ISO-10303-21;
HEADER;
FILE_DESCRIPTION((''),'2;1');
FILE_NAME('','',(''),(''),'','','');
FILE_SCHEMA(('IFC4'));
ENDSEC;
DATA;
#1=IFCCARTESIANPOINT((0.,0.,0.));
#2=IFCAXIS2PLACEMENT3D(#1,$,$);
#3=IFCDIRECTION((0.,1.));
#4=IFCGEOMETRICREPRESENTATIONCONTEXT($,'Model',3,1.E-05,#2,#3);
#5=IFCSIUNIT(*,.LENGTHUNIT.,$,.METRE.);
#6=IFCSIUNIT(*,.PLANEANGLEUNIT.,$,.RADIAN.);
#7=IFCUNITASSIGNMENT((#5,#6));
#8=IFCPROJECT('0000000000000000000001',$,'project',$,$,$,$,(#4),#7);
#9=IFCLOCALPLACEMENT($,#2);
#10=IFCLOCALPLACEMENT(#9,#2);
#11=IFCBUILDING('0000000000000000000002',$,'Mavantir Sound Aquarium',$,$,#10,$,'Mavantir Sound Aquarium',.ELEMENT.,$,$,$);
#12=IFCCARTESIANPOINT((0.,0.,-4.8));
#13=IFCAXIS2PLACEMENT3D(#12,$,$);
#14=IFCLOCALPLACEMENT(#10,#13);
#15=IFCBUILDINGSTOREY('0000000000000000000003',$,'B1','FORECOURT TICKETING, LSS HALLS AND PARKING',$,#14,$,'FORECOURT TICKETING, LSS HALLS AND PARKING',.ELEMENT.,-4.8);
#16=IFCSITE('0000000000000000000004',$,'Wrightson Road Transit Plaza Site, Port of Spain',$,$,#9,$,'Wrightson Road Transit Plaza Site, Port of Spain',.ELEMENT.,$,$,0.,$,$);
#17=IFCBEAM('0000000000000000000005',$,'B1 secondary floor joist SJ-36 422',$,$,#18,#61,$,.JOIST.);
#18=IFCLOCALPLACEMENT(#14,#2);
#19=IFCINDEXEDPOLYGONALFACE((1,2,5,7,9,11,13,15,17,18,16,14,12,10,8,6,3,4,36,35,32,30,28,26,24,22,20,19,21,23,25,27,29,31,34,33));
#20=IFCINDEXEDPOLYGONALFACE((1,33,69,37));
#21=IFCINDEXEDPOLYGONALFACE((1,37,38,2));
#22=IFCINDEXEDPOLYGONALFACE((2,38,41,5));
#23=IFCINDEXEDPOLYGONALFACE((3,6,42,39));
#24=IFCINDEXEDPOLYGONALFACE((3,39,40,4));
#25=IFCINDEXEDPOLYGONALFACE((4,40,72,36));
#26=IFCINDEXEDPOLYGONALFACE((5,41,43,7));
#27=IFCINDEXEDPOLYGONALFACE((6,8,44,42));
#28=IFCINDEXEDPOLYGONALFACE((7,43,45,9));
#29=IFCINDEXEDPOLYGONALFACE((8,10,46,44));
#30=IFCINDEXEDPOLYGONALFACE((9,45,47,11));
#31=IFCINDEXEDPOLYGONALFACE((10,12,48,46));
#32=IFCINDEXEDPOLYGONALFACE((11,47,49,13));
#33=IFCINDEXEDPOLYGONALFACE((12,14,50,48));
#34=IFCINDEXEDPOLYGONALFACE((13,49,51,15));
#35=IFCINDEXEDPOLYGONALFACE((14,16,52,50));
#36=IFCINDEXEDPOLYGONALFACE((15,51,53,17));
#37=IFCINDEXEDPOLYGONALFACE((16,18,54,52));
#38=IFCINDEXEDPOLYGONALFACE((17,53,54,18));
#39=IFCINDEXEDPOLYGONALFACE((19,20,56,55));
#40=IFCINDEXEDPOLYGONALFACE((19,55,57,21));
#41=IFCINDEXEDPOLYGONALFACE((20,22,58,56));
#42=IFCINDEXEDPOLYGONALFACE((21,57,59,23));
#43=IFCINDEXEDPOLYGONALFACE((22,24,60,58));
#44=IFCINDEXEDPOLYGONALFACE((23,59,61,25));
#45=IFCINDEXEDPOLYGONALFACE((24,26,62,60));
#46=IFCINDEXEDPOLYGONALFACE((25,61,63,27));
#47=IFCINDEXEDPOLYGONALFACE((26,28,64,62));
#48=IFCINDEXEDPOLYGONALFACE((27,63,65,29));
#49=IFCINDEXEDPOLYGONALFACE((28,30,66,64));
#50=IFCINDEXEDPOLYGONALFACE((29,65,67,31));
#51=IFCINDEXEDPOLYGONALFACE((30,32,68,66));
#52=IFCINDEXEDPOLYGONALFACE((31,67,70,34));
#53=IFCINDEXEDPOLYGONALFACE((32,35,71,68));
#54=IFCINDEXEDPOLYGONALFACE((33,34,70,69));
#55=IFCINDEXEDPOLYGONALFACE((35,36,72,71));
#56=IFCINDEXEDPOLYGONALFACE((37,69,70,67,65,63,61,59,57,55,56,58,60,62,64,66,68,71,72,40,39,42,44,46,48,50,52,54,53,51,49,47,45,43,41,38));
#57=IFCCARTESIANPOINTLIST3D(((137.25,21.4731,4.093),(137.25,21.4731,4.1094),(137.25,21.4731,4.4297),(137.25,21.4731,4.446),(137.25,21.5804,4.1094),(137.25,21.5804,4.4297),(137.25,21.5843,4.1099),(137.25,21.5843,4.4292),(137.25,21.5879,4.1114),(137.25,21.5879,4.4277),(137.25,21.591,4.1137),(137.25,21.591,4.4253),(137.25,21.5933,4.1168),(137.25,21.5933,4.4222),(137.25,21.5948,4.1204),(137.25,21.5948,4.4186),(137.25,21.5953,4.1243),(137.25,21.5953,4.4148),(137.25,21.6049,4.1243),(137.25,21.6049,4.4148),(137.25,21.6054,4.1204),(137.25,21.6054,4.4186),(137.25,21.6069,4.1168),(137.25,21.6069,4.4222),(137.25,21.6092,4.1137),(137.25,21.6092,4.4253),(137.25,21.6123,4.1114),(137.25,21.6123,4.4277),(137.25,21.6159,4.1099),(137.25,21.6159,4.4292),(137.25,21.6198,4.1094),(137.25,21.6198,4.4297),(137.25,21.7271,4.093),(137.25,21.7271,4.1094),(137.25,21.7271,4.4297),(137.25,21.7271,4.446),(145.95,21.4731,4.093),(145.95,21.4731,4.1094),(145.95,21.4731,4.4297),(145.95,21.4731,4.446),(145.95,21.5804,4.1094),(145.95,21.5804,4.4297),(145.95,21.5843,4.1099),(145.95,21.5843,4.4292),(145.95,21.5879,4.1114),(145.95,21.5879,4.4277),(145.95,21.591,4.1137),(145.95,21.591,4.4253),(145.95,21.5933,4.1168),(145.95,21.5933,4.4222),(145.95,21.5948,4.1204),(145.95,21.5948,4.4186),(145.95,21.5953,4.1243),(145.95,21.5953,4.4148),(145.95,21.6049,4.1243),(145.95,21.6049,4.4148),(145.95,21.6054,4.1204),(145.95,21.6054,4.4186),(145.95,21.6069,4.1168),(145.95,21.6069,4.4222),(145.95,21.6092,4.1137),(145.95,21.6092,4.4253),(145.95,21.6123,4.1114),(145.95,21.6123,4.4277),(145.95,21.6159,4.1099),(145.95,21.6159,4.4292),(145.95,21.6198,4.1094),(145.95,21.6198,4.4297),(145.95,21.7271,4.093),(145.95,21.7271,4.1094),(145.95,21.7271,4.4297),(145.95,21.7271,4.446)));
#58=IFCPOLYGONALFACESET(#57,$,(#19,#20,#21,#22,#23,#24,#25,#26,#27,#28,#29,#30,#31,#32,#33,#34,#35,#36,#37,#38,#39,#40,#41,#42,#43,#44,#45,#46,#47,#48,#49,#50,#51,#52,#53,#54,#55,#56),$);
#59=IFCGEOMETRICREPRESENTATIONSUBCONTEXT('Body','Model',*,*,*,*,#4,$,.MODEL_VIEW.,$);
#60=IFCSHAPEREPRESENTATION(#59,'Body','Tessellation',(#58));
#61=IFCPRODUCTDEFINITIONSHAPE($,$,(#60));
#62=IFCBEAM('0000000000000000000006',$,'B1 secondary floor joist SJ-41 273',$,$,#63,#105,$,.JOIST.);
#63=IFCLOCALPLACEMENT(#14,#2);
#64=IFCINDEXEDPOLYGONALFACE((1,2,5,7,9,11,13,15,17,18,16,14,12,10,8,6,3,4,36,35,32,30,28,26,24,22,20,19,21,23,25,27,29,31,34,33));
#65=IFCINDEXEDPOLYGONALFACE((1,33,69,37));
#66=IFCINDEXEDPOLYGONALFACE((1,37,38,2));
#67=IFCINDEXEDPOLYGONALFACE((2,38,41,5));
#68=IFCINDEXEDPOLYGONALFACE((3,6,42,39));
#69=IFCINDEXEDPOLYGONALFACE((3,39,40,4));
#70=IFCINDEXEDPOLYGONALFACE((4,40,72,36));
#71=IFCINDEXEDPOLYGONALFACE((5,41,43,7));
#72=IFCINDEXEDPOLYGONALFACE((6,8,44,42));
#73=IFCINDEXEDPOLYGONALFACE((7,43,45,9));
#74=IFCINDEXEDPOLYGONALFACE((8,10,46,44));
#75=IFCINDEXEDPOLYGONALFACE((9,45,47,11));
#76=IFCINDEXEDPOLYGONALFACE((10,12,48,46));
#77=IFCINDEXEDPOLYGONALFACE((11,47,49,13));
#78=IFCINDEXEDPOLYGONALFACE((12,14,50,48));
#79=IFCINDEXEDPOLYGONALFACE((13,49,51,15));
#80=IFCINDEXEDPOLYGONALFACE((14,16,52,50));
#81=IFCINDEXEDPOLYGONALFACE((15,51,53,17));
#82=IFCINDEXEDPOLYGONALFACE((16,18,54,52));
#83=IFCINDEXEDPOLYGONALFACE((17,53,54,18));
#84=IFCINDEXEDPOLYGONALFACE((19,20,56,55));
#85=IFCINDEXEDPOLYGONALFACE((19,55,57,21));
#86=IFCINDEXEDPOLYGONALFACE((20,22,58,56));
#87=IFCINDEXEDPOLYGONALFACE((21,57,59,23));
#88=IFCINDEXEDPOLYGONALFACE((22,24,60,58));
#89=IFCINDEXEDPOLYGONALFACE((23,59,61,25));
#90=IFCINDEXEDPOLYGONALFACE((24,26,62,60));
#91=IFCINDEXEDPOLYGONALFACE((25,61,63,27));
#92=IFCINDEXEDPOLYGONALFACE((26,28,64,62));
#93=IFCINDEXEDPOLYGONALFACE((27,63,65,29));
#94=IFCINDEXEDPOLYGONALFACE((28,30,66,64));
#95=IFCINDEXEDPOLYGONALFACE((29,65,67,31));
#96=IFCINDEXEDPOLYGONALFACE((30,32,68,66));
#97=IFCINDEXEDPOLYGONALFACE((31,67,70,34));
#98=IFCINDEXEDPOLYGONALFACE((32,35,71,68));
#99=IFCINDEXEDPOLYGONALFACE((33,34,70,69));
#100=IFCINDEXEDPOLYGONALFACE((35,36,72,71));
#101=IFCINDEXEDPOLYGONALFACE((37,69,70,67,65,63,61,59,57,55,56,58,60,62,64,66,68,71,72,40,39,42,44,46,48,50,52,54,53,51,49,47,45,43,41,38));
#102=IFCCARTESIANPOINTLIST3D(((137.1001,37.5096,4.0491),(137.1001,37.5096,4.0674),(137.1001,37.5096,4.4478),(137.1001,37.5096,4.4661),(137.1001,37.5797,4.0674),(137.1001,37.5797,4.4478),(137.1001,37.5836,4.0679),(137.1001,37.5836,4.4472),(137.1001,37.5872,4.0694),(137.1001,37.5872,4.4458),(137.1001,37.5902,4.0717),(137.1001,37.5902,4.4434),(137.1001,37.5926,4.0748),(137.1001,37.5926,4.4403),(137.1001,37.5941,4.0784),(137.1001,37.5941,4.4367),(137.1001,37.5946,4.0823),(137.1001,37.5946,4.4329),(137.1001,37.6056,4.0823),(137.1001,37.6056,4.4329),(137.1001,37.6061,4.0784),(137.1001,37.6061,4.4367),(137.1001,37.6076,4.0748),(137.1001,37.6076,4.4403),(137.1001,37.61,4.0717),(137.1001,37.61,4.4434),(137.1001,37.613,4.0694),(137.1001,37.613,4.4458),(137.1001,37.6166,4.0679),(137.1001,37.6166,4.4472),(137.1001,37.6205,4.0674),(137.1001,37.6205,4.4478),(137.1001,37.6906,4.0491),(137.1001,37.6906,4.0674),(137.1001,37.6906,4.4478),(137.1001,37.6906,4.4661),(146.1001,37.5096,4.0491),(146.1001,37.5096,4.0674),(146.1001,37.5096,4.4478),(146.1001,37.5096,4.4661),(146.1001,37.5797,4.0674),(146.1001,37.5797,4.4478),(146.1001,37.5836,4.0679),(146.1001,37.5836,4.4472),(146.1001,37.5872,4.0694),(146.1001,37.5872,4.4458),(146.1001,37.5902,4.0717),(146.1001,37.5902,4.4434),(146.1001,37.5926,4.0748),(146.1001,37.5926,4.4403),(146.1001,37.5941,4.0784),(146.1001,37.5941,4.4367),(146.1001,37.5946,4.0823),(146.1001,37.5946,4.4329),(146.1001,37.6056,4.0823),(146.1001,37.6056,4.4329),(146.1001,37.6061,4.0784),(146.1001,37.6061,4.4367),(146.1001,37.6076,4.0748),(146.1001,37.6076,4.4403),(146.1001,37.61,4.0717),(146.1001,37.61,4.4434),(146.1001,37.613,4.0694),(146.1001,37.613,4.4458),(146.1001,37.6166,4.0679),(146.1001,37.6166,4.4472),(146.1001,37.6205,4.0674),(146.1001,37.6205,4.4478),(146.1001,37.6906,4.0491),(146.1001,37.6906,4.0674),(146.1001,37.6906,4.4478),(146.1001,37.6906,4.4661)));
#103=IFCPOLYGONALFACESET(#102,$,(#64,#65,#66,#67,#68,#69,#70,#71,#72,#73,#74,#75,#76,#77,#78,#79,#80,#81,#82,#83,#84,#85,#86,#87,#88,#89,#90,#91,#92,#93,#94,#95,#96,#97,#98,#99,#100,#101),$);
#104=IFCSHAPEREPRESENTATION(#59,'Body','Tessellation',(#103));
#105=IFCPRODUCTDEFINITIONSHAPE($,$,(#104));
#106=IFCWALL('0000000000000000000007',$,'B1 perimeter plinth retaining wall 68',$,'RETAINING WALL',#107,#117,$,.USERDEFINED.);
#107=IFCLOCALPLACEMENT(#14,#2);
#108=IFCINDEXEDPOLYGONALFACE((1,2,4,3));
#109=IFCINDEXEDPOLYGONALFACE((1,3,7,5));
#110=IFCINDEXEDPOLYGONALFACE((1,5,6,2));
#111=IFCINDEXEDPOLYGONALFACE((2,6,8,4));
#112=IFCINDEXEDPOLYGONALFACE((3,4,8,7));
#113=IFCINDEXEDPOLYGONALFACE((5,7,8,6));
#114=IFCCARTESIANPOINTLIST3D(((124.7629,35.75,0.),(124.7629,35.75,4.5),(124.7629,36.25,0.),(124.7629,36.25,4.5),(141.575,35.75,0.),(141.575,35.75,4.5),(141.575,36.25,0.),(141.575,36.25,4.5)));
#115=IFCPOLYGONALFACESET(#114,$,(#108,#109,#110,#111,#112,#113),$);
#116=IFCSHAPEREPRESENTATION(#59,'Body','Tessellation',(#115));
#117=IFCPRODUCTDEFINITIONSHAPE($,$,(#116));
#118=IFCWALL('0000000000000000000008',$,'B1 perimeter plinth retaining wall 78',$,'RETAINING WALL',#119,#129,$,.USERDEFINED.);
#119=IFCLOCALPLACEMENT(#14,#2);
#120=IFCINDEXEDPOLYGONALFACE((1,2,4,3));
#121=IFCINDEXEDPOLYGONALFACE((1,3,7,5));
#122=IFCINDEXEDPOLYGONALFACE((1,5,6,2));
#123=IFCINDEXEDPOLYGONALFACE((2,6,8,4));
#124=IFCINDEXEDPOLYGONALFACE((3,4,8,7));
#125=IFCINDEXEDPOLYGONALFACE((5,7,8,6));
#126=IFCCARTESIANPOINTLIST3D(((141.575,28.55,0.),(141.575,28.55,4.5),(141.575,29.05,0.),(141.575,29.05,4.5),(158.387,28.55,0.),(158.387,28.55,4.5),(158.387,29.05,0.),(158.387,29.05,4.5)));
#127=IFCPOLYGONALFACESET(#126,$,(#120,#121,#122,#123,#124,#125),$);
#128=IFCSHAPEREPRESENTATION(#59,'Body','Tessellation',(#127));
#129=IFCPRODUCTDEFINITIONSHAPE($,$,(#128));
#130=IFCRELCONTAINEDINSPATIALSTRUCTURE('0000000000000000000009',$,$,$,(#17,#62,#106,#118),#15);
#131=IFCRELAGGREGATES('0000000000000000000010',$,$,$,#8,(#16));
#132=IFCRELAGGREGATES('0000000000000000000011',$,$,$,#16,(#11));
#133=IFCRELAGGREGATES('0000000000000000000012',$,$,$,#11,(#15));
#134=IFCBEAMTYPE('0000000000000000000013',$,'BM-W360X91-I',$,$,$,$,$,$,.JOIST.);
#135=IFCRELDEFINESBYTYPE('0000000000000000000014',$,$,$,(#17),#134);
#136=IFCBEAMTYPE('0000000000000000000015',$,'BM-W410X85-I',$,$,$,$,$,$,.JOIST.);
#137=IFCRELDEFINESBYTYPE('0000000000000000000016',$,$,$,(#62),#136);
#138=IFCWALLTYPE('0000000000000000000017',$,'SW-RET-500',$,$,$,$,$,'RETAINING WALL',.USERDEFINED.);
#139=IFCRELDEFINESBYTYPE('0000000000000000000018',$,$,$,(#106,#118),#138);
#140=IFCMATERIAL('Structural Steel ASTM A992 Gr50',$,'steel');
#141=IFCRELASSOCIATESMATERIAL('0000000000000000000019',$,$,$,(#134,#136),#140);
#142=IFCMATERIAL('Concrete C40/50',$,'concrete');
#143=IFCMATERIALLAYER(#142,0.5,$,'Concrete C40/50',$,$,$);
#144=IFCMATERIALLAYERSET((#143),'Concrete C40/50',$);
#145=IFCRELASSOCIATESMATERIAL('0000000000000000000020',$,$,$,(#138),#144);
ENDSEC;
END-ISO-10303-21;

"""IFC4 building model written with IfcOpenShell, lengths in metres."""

from ifc_helpers import new_model, si_unit, direction, frame, frame_2d, origin, origin_2d, place, context, subcontext, project, spatial, rectangle, i_section, extrude, material, layer, layer_set, material_profile, profile_set, type_object, element, save


model = new_model("IFC4")

# Units and contexts
model_context = context("Model", 3, precision=1e-05, world=origin(), true_north=direction((0.0, 1.0)))
body_context = subcontext(model_context, "Body", "Model", "MODEL_VIEW")
ifc_project = project(units=[si_unit("LENGTHUNIT", "METRE"), si_unit("PLANEANGLEUNIT", "RADIAN")], contexts=[model_context])

# Site, building, storey
site_placement = place(None, origin())
site = spatial("IfcSite", under=ifc_project, at=site_placement, Name="Wrightson Road Transit Plaza Site, Port of Spain", LongName="Wrightson Road Transit Plaza Site, Port of Spain", CompositionType="ELEMENT", RefElevation=0.0)
building_placement = place(site_placement, origin())
building = spatial("IfcBuilding", under=site, at=building_placement, Name="Mavantir Sound Aquarium", LongName="Mavantir Sound Aquarium", CompositionType="ELEMENT")
storey_placement = place(building_placement, frame((0.0, 0.0, -4.8)))
storey = spatial("IfcBuildingStorey", under=building, at=storey_placement, Name="B1", Description="FORECOURT TICKETING, LSS HALLS AND PARKING", LongName="FORECOURT TICKETING, LSS HALLS AND PARKING", CompositionType="ELEMENT", Elevation=-4.8)

# Shared definitions
ifc_material_1 = material(Name="Concrete C40/50", Category="concrete")

# Beams
ifc_material_2 = material(Name="Structural Steel ASTM A992 Gr50", Category="steel")
ifc_material_profile_1 = material_profile(ifc_material_2, i_section(OverallWidth=0.2539, OverallDepth=0.353, WebThickness=0.0095, FlangeThickness=0.0164, FilletRadius=0.0149, at=origin_2d()), Name="W360X91")
ifc_profile_set_1 = profile_set([ifc_material_profile_1], Name="Structural Steel ASTM A992 Gr50")
beam_type_1 = type_object("IfcBeamType", Name="BM-W360X91-I", PredefinedType="JOIST", material=ifc_profile_set_1)
beam_1_placement = place(storey_placement, frame((137.25, 21.6001, 4.2695), z_axis=(1.0, 0.0, 0.0), x_axis=(0.0, 1.0, 0.0)))
element("IfcBeam", 1, at=beam_1_placement, inside=storey, type_object=beam_type_1, Name="B1 secondary floor joist SJ-36 422", PredefinedType="JOIST", context=body_context, shape_type="SweptSolid", body=[
    extrude(i_section(OverallWidth=0.2539, OverallDepth=0.353, WebThickness=0.0095, FlangeThickness=0.0164, FilletRadius=0.0149, at=origin_2d()), origin(), (0.0, 0.0, 1.0), 8.7),
])
ifc_material_profile_2 = material_profile(ifc_material_2, i_section(OverallWidth=0.1809, OverallDepth=0.417, WebThickness=0.011, FlangeThickness=0.0183, FilletRadius=0.0149, at=origin_2d()), Name="W410X85")
ifc_profile_set_2 = profile_set([ifc_material_profile_2], Name="Structural Steel ASTM A992 Gr50")
beam_type_2 = type_object("IfcBeamType", Name="BM-W410X85-I", PredefinedType="JOIST", material=ifc_profile_set_2)
beam_2_placement = place(storey_placement, frame((137.1001, 37.6001, 4.2576), z_axis=(1.0, 0.0, 0.0), x_axis=(0.0, 1.0, 0.0)))
element("IfcBeam", 2, at=beam_2_placement, inside=storey, type_object=beam_type_2, Name="B1 secondary floor joist SJ-41 273", PredefinedType="JOIST", context=body_context, shape_type="SweptSolid", body=[
    extrude(i_section(OverallWidth=0.1809, OverallDepth=0.417, WebThickness=0.011, FlangeThickness=0.0183, FilletRadius=0.0149, at=origin_2d()), origin(), (0.0, 0.0, 1.0), 9.0),
])

# Walls
ifc_layer = layer(ifc_material_1, 0.5, Name="Concrete C40/50")
ifc_layer_set = layer_set([ifc_layer], Name="Concrete C40/50")
wall_type = type_object("IfcWallType", Name="SW-RET-500", ElementType="RETAINING WALL", PredefinedType="USERDEFINED", material=ifc_layer_set)
for number, where, z_axis, x_axis, name in (
    (3, (141.575, 36.0, 0.0), (0.0, 0.0, 1.0), (-1.0, 0.0, 0.0), "B1 perimeter plinth retaining wall 68"),
    (4, (141.575, 28.8, 0.0), (0.0, 0.0, 1.0), (1.0, 0.0, 0.0), "B1 perimeter plinth retaining wall 78"),
):
    element("IfcWall", number, at=place(storey_placement, frame(where, z_axis=z_axis, x_axis=x_axis)), inside=storey, type_object=wall_type, Name=name, ObjectType="RETAINING WALL", PredefinedType="USERDEFINED", context=body_context, shape_type="SweptSolid", body=[
        extrude(rectangle(XDim=16.812, YDim=0.5, at=frame_2d((8.406, 0.0))), origin(), (0.0, 0.0, 1.0), 4.5),
    ])

save(model, "model.ifc")
